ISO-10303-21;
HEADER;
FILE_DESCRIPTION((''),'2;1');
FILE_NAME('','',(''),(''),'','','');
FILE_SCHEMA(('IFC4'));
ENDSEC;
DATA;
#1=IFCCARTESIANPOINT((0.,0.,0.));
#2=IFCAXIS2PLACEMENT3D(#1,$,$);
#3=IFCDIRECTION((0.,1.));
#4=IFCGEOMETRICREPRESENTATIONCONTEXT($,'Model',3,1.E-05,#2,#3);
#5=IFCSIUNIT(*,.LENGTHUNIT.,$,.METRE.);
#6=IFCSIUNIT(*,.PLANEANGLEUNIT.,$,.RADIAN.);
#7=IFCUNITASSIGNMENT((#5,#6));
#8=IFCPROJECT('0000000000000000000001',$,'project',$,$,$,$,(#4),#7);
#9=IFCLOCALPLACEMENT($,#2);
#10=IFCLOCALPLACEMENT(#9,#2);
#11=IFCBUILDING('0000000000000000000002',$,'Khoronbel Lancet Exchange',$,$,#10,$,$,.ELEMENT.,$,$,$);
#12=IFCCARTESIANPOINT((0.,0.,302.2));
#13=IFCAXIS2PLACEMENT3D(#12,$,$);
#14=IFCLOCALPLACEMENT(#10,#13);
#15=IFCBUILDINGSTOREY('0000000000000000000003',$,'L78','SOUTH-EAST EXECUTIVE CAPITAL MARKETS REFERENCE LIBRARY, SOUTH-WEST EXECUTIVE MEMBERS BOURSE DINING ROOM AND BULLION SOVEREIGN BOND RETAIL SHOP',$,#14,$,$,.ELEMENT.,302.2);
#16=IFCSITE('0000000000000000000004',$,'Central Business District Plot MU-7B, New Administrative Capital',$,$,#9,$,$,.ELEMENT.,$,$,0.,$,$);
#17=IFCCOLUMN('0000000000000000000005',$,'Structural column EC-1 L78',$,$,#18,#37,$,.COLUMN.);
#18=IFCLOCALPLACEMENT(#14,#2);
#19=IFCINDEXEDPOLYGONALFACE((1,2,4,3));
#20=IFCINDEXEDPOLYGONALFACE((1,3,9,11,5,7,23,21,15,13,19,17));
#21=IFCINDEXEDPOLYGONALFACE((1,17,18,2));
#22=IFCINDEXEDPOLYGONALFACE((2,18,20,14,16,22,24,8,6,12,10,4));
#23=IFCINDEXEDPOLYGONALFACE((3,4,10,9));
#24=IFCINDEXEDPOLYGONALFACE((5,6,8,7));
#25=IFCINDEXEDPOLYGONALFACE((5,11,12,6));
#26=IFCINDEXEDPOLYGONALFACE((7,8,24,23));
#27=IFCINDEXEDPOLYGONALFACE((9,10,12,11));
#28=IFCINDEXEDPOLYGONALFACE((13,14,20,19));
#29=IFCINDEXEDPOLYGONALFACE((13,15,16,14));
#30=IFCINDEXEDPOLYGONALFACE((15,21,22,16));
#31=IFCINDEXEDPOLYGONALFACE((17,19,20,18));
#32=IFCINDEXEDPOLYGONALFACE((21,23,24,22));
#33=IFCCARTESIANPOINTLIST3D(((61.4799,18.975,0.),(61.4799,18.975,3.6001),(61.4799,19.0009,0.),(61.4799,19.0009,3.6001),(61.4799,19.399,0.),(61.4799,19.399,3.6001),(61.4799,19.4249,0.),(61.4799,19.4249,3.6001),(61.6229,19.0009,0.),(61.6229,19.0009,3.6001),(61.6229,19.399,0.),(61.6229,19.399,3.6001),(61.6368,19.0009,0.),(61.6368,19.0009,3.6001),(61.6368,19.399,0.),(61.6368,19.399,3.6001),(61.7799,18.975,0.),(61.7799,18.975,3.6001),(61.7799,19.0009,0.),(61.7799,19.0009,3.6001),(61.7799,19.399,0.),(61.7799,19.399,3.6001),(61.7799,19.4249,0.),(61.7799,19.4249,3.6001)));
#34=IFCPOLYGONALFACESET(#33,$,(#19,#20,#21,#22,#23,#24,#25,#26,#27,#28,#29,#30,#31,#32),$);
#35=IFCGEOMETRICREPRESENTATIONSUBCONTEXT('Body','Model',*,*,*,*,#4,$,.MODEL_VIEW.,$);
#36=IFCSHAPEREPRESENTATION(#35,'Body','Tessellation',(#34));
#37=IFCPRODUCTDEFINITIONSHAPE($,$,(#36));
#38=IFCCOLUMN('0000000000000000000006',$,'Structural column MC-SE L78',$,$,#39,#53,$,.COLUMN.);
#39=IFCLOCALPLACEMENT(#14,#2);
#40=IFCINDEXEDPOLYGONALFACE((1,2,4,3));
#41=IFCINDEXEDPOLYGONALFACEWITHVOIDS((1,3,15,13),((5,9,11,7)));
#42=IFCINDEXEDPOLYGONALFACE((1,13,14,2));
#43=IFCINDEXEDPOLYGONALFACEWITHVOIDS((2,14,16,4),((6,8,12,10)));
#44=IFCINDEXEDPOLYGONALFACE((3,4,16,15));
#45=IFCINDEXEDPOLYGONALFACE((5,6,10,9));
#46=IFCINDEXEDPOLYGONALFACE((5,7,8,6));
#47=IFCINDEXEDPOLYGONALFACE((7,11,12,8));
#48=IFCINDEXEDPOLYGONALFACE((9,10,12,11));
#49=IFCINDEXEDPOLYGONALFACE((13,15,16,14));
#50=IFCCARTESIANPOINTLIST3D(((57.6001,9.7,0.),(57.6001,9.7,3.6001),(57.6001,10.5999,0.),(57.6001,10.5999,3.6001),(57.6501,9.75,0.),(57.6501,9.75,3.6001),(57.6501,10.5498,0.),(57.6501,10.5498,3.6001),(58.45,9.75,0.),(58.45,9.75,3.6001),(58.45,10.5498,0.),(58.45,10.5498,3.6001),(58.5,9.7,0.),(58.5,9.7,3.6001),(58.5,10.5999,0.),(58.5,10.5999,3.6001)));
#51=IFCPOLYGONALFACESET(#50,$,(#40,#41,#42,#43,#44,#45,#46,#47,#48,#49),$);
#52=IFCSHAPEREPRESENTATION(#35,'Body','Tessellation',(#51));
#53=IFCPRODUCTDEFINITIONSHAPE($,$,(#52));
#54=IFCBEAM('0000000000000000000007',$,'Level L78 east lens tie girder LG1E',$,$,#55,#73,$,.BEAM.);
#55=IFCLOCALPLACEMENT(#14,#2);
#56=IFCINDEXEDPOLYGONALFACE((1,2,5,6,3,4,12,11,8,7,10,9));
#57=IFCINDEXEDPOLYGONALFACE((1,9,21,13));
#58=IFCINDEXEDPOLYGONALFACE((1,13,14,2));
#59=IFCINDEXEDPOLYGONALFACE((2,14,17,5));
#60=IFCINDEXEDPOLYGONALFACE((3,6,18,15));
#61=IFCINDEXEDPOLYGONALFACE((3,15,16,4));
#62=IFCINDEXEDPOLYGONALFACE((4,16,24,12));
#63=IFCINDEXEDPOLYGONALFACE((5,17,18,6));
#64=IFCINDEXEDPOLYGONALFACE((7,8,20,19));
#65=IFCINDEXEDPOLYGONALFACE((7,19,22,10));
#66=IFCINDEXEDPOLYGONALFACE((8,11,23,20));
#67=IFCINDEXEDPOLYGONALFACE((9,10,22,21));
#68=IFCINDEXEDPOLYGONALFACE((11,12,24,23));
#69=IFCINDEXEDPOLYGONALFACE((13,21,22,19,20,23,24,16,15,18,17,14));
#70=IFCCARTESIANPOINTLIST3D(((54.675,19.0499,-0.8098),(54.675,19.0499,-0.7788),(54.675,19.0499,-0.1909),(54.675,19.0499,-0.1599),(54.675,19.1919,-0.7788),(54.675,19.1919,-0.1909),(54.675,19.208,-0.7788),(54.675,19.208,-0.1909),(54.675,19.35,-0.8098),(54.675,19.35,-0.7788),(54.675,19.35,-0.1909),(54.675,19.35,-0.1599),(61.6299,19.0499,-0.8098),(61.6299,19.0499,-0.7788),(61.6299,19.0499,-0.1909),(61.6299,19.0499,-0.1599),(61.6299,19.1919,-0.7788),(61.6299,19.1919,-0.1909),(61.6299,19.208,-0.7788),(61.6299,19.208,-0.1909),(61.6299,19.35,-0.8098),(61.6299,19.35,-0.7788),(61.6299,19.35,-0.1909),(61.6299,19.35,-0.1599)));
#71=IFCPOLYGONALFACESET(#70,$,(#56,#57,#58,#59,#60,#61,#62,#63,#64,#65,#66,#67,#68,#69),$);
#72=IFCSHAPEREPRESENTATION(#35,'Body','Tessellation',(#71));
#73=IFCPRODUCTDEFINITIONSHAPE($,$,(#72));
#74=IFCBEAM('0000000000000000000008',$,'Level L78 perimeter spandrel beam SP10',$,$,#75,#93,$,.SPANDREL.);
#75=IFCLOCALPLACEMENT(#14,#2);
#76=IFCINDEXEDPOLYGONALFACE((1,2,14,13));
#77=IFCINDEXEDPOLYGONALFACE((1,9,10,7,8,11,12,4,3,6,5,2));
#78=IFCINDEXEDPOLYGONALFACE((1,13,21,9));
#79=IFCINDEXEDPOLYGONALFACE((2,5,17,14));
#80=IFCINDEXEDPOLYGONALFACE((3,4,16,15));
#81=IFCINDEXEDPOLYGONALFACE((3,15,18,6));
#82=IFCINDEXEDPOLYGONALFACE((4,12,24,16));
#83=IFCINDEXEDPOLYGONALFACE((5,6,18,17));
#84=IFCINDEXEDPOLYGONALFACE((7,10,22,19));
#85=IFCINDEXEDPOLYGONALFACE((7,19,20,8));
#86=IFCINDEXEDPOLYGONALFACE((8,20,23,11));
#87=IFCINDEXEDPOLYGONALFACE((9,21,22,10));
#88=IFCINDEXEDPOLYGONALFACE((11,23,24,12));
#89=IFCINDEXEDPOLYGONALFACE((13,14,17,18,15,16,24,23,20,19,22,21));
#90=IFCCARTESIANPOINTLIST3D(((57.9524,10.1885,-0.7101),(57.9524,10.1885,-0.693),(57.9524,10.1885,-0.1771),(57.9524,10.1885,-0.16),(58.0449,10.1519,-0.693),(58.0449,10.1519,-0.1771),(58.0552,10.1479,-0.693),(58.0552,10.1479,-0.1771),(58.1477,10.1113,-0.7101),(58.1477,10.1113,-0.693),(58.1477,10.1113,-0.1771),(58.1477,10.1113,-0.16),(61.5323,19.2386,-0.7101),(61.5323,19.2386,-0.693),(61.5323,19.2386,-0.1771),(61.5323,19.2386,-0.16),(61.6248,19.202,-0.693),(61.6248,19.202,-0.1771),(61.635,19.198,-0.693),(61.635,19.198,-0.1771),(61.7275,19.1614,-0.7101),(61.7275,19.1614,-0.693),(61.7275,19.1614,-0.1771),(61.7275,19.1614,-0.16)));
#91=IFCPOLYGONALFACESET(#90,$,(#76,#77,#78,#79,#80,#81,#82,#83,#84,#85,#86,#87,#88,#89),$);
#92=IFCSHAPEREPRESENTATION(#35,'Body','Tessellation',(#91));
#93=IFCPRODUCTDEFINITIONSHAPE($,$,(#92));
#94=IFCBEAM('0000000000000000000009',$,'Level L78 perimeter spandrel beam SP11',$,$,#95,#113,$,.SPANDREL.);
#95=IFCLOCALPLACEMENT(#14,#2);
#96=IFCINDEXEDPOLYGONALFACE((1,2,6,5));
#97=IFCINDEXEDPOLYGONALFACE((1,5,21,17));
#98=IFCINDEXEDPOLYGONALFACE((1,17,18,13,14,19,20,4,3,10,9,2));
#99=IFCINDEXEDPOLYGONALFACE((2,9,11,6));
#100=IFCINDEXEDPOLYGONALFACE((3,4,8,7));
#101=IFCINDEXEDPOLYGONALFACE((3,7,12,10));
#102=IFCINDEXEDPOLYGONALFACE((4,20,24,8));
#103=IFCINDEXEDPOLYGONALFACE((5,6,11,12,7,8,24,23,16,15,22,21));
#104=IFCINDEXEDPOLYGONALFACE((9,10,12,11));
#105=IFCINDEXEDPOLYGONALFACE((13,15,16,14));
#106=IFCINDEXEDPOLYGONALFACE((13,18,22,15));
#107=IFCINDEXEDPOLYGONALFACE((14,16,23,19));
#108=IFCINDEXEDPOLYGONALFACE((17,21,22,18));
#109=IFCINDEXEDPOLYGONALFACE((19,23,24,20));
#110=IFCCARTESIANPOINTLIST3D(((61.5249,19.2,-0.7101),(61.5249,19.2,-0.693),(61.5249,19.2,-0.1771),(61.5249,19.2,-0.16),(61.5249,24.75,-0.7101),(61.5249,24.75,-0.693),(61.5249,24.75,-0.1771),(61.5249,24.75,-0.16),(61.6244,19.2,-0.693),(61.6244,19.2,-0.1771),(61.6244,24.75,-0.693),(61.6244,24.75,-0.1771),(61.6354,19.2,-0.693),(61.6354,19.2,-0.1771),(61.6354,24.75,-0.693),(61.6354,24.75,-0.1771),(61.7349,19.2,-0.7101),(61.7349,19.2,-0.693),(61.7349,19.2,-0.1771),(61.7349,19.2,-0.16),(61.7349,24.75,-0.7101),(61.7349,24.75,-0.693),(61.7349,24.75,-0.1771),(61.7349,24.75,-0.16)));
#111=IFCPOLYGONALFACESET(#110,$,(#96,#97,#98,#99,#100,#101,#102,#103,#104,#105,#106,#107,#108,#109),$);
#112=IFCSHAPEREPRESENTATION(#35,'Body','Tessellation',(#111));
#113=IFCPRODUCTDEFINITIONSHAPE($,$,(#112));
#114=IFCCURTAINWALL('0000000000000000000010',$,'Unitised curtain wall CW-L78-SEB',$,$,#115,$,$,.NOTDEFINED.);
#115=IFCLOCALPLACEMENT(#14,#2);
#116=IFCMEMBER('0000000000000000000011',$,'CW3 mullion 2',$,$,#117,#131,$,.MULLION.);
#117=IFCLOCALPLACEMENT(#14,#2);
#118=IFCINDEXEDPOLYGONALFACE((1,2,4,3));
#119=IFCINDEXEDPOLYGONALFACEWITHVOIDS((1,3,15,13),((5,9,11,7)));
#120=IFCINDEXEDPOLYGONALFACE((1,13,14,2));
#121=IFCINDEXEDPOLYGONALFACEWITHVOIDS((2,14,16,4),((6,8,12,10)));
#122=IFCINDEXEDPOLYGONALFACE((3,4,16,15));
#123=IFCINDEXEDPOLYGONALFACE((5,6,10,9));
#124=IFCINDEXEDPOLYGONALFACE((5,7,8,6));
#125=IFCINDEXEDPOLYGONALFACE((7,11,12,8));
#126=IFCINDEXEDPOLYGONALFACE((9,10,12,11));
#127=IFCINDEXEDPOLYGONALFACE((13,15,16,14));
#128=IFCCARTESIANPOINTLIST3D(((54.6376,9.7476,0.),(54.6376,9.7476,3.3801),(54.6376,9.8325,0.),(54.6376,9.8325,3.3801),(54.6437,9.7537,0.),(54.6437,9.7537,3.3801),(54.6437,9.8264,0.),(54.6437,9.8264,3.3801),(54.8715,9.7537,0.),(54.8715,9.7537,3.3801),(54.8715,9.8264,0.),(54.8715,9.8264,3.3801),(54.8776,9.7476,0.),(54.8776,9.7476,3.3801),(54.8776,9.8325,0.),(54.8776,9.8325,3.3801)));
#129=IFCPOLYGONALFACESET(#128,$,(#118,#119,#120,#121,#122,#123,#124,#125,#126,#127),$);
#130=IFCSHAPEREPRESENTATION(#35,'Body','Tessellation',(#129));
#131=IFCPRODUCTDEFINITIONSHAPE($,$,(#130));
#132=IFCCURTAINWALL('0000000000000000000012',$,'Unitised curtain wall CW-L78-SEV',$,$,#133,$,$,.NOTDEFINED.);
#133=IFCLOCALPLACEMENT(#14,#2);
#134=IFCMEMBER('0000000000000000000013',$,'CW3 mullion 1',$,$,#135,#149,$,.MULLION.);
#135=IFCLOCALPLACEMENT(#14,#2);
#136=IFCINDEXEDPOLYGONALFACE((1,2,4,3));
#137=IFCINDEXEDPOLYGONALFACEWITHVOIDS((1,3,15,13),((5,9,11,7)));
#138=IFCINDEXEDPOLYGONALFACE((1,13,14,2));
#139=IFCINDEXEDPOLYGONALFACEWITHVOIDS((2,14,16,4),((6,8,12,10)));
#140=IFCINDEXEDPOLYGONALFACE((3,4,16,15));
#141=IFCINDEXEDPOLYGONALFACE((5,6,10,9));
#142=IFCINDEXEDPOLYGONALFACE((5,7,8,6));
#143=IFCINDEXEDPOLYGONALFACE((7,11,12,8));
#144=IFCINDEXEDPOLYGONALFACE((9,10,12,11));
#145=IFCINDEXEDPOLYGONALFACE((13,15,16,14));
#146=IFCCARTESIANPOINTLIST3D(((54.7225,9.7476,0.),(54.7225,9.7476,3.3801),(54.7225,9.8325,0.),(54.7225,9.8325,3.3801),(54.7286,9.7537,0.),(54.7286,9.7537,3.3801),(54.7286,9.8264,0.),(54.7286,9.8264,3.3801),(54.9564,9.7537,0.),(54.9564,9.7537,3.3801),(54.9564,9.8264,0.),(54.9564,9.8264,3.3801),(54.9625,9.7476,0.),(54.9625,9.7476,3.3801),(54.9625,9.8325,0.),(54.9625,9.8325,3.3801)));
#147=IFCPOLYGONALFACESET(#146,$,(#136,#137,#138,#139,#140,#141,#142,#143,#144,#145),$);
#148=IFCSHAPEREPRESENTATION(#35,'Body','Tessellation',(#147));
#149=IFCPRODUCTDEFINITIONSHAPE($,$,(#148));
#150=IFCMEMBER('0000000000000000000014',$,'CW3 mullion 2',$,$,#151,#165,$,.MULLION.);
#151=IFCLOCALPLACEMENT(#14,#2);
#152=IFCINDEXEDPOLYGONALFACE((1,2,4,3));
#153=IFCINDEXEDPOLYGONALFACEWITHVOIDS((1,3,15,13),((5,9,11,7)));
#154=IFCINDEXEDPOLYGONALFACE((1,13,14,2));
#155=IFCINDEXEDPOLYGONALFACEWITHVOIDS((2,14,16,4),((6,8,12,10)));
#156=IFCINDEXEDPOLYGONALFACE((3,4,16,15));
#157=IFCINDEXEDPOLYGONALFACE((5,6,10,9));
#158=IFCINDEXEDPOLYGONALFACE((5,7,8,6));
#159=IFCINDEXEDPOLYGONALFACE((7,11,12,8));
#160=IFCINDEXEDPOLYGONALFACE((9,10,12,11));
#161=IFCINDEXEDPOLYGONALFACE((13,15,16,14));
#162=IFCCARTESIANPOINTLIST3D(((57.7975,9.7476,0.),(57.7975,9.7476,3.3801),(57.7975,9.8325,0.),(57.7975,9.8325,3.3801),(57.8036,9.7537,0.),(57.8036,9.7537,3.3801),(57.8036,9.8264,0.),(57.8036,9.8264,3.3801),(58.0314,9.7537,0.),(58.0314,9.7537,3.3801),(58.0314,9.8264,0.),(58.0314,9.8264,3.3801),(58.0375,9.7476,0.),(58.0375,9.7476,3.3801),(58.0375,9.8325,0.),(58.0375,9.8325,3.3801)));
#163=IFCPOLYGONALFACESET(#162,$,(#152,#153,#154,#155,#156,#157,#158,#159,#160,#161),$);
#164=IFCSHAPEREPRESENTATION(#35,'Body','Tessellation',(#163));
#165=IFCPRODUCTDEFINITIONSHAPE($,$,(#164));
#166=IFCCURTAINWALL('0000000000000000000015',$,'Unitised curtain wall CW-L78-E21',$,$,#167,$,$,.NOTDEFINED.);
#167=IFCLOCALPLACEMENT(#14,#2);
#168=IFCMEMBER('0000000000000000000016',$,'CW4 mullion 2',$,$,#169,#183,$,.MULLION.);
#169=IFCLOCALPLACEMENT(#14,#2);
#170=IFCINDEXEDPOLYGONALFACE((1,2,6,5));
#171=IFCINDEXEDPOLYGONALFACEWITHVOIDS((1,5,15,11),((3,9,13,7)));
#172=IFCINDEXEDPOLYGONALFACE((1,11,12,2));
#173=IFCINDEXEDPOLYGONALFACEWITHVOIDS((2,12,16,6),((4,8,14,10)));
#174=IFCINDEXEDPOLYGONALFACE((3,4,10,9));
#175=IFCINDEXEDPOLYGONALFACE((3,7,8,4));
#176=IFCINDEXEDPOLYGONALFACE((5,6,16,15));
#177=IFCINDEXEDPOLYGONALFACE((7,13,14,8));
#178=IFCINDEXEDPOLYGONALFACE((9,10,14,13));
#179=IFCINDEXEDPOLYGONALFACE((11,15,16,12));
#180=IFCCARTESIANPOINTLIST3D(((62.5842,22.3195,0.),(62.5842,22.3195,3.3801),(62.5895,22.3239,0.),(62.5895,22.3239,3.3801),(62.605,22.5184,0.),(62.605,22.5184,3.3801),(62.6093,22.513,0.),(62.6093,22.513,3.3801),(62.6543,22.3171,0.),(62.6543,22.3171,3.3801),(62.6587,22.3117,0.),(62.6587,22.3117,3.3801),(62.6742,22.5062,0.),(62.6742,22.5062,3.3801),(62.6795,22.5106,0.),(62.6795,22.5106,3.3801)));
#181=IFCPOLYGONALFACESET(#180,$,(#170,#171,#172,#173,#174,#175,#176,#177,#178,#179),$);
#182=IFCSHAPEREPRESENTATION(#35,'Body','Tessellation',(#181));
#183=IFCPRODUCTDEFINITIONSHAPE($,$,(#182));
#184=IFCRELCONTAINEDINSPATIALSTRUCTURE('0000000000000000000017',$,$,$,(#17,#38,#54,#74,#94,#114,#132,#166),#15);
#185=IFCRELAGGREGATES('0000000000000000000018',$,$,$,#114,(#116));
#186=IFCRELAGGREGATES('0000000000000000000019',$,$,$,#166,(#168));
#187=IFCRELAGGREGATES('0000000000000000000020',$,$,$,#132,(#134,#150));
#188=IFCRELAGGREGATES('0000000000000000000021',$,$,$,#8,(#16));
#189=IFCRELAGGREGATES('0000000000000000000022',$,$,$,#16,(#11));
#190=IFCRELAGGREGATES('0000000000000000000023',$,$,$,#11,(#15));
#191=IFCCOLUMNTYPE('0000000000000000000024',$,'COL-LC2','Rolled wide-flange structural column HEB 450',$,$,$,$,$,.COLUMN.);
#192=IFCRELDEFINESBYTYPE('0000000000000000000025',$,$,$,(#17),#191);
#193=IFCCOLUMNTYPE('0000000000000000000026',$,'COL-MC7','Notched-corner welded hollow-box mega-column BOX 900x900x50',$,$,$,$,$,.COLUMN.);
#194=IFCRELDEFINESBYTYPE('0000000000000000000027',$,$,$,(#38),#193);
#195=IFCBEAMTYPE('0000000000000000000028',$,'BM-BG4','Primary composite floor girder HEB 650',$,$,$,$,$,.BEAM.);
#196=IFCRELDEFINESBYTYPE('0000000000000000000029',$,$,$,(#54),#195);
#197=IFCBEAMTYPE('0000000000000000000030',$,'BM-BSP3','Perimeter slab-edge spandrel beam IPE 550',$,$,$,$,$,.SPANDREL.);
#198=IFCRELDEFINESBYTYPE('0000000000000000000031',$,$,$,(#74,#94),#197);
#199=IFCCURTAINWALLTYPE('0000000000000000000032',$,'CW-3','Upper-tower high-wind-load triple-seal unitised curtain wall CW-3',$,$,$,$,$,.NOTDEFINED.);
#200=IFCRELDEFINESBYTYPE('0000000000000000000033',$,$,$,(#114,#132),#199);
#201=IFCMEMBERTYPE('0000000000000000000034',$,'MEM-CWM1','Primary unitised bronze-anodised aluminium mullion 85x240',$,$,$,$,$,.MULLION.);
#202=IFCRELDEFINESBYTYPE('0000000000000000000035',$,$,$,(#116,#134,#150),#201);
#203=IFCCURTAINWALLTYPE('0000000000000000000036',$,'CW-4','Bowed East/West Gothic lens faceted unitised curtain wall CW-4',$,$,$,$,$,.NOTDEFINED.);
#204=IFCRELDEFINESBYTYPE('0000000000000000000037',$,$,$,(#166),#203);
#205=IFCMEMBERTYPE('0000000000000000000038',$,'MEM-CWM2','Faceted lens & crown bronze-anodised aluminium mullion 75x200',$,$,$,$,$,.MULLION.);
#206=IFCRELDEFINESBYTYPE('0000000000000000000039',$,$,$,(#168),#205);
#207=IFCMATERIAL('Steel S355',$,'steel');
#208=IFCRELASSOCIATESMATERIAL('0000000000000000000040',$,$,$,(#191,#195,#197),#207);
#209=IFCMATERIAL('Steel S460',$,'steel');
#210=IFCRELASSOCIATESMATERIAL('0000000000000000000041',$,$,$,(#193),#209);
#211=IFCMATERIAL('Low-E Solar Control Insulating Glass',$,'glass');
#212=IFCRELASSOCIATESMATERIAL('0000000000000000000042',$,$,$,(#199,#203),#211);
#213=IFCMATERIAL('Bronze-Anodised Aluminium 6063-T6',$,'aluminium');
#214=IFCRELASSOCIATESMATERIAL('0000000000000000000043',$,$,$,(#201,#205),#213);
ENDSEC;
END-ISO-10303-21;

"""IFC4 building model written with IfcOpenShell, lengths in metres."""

from ifc_helpers import new_model, si_unit, direction, frame, origin, origin_2d, place, context, subcontext, project, spatial, hollow_rectangle, i_section, extrude, material, material_profile, profile_set, type_object, element, aggregate, save


model = new_model("IFC4")

# Units and contexts
model_context = context("Model", 3, precision=1e-05, world=origin(), true_north=direction((0.0, 1.0)))
body_context = subcontext(model_context, "Body", "Model", "MODEL_VIEW")
ifc_project = project(units=[si_unit("LENGTHUNIT", "METRE"), si_unit("PLANEANGLEUNIT", "RADIAN")], contexts=[model_context])

# Site, building, storey
site_placement = place(None, origin())
site = spatial("IfcSite", under=ifc_project, at=site_placement, Name="Central Business District Plot MU-7B, New Administrative Capital", CompositionType="ELEMENT", RefElevation=0.0)
building_placement = place(site_placement, origin())
building = spatial("IfcBuilding", under=site, at=building_placement, Name="Khoronbel Lancet Exchange", CompositionType="ELEMENT")
storey_placement = place(building_placement, frame((0.0, 0.0, 302.2)))
storey = spatial("IfcBuildingStorey", under=building, at=storey_placement, Name="L78", Description="SOUTH-EAST EXECUTIVE CAPITAL MARKETS REFERENCE LIBRARY, SOUTH-WEST EXECUTIVE MEMBERS BOURSE DINING ROOM AND BULLION SOVEREIGN BOND RETAIL SHOP", CompositionType="ELEMENT", Elevation=302.2)

# Columns
ifc_material_1 = material(Name="Steel S355", Category="steel")
ifc_material_profile_1 = material_profile(ifc_material_1, i_section(OverallWidth=0.3, OverallDepth=0.45, WebThickness=0.0139, FlangeThickness=0.0259, at=origin_2d()), Name="HEB 450")
ifc_profile_set_1 = profile_set([ifc_material_profile_1], Name="Steel S355")
column_type_1 = type_object("IfcColumnType", Name="COL-LC2", Description="Rolled wide-flange structural column HEB 450", PredefinedType="COLUMN", material=ifc_profile_set_1)
column_1_placement = place(storey_placement, frame((61.6299, 19.2, 0.0), z_axis=(0.0, 0.0, 1.0), x_axis=(1.0, 0.0, 0.0)))
element("IfcColumn", 1, at=column_1_placement, inside=storey, type_object=column_type_1, Name="Structural column EC-1 L78", PredefinedType="COLUMN", context=body_context, shape_type="SweptSolid", body=[
    extrude(i_section(OverallWidth=0.3, OverallDepth=0.45, WebThickness=0.0139, FlangeThickness=0.0259, at=origin_2d()), origin(), (0.0, 0.0, 1.0), 3.6001),
])
ifc_material_2 = material(Name="Steel S460", Category="steel")
ifc_material_profile_2 = material_profile(ifc_material_2, hollow_rectangle(XDim=0.8999, YDim=0.8999, WallThickness=0.05, at=origin_2d()), Name="BOX 900x900x50")
ifc_profile_set_2 = profile_set([ifc_material_profile_2], Name="Steel S460")
column_type_2 = type_object("IfcColumnType", Name="COL-MC7", Description="Notched-corner welded hollow-box mega-column BOX 900x900x50", PredefinedType="COLUMN", material=ifc_profile_set_2)
column_2_placement = place(storey_placement, frame((58.05, 10.1499, 0.0), z_axis=(0.0, 0.0, 1.0), x_axis=(1.0, 0.0, 0.0)))
element("IfcColumn", 2, at=column_2_placement, inside=storey, type_object=column_type_2, Name="Structural column MC-SE L78", PredefinedType="COLUMN", context=body_context, shape_type="SweptSolid", body=[
    extrude(hollow_rectangle(XDim=0.8999, YDim=0.8999, WallThickness=0.05, at=origin_2d()), origin(), (0.0, 0.0, 1.0), 3.6001),
])

# Beams
ifc_material_profile_3 = material_profile(ifc_material_1, i_section(OverallWidth=0.3, OverallDepth=0.6499, WebThickness=0.0161, FlangeThickness=0.031, at=origin_2d()), Name="HEB 650")
ifc_profile_set_3 = profile_set([ifc_material_profile_3], Name="Steel S355")
beam_type_1 = type_object("IfcBeamType", Name="BM-BG4", Description="Primary composite floor girder HEB 650", PredefinedType="BEAM", material=ifc_profile_set_3)
beam_1_placement = place(storey_placement, frame((54.675, 19.2, -0.4849), z_axis=(1.0, 0.0, 0.0), x_axis=(0.0, 1.0, 0.0)))
element("IfcBeam", 3, at=beam_1_placement, inside=storey, type_object=beam_type_1, Name="Level L78 east lens tie girder LG1E", PredefinedType="BEAM", context=body_context, shape_type="SweptSolid", body=[
    extrude(i_section(OverallWidth=0.3, OverallDepth=0.6499, WebThickness=0.0161, FlangeThickness=0.031, at=origin_2d()), origin(), (0.0, 0.0, 1.0), 6.9548),
])
ifc_material_profile_4 = material_profile(ifc_material_1, i_section(OverallWidth=0.21, OverallDepth=0.55, WebThickness=0.011, FlangeThickness=0.0171, at=origin_2d()), Name="IPE 550")
ifc_profile_set_4 = profile_set([ifc_material_profile_4], Name="Steel S355")
beam_type_2 = type_object("IfcBeamType", Name="BM-BSP3", Description="Perimeter slab-edge spandrel beam IPE 550", PredefinedType="SPANDREL", material=ifc_profile_set_4)
beam_2_placement = place(storey_placement, frame((58.05, 10.1499, -0.4351), z_axis=(0.367828, 0.929894, 0.0), x_axis=(-0.929894, 0.367828, 0.0)))
element("IfcBeam", 4, at=beam_2_placement, inside=storey, type_object=beam_type_2, Name="Level L78 perimeter spandrel beam SP10", PredefinedType="SPANDREL", context=body_context, shape_type="SweptSolid", body=[
    extrude(i_section(OverallWidth=0.21, OverallDepth=0.55, WebThickness=0.011, FlangeThickness=0.0171, at=origin_2d()), origin(), (0.0, 0.0, 1.0), 9.7324),
])
beam_3_placement = place(storey_placement, frame((61.6299, 19.2, -0.4351), z_axis=(0.0, 1.0, 0.0), x_axis=(-1.0, 0.0, 0.0)))
element("IfcBeam", 5, at=beam_3_placement, inside=storey, type_object=beam_type_2, Name="Level L78 perimeter spandrel beam SP11", PredefinedType="SPANDREL", context=body_context, shape_type="SweptSolid", body=[
    extrude(i_section(OverallWidth=0.21, OverallDepth=0.55, WebThickness=0.011, FlangeThickness=0.0171, at=origin_2d()), origin(), (0.0, 0.0, 1.0), 5.55),
])

# Curtain wall, member
ifc_material_3 = material(Name="Low-E Solar Control Insulating Glass", Category="glass")
curtain_wall_type_1 = type_object("IfcCurtainWallType", Name="CW-3", Description="Upper-tower high-wind-load triple-seal unitised curtain wall CW-3", PredefinedType="NOTDEFINED", material=ifc_material_3)
curtain_wall_1_placement = place(storey_placement, origin())
curtain_wall_1 = element("IfcCurtainWall", 6, at=curtain_wall_1_placement, inside=storey, type_object=curtain_wall_type_1, Name="Unitised curtain wall CW-L78-SEB", PredefinedType="NOTDEFINED")
ifc_material_4 = material(Name="Bronze-Anodised Aluminium 6063-T6", Category="aluminium")
ifc_material_profile_5 = material_profile(ifc_material_4, hollow_rectangle(XDim=0.085, YDim=0.24, WallThickness=0.0061, at=origin_2d()), Name="ALU MULLION 85x240")
ifc_profile_set_5 = profile_set([ifc_material_profile_5], Name="Bronze-Anodised Aluminium 6063-T6")
member_type_1 = type_object("IfcMemberType", Name="MEM-CWM1", Description="Primary unitised bronze-anodised aluminium mullion 85x240", PredefinedType="MULLION", material=ifc_profile_set_5)
member_1_placement = place(storey_placement, frame((54.7576, 9.79, 0.0), z_axis=(0.0, 0.0, 1.0), x_axis=(0.0, 1.0, 0.0)))
member_1 = element("IfcMember", 7, at=member_1_placement, type_object=member_type_1, Name="CW3 mullion 2", PredefinedType="MULLION", context=body_context, shape_type="SweptSolid", body=[
    extrude(hollow_rectangle(XDim=0.085, YDim=0.24, WallThickness=0.0061, at=origin_2d()), origin(), (0.0, 0.0, 1.0), 3.3801),
])
aggregate(curtain_wall_1, [member_1])

# Curtain wall, members
curtain_wall_2_placement = place(storey_placement, origin())
curtain_wall_2 = element("IfcCurtainWall", 8, at=curtain_wall_2_placement, inside=storey, type_object=curtain_wall_type_1, Name="Unitised curtain wall CW-L78-SEV", PredefinedType="NOTDEFINED")
member_2_placement = place(storey_placement, frame((54.8425, 9.79, 0.0), z_axis=(0.0, 0.0, 1.0), x_axis=(0.0, 1.0, 0.0)))
member_2 = element("IfcMember", 9, at=member_2_placement, type_object=member_type_1, Name="CW3 mullion 1", PredefinedType="MULLION", context=body_context, shape_type="SweptSolid", body=[
    extrude(hollow_rectangle(XDim=0.085, YDim=0.24, WallThickness=0.0061, at=origin_2d()), origin(), (0.0, 0.0, 1.0), 3.3801),
])
member_3_placement = place(storey_placement, frame((57.9175, 9.79, 0.0), z_axis=(0.0, 0.0, 1.0), x_axis=(0.0, 1.0, 0.0)))
member_3 = element("IfcMember", 10, at=member_3_placement, type_object=member_type_1, Name="CW3 mullion 2", PredefinedType="MULLION", context=body_context, shape_type="SweptSolid", body=[
    extrude(hollow_rectangle(XDim=0.085, YDim=0.24, WallThickness=0.0061, at=origin_2d()), origin(), (0.0, 0.0, 1.0), 3.3801),
])

# Curtain wall, member
curtain_wall_type_2 = type_object("IfcCurtainWallType", Name="CW-4", Description="Bowed East/West Gothic lens faceted unitised curtain wall CW-4", PredefinedType="NOTDEFINED", material=ifc_material_3)
curtain_wall_3_placement = place(storey_placement, origin())
curtain_wall_3 = element("IfcCurtainWall", 11, at=curtain_wall_3_placement, inside=storey, type_object=curtain_wall_type_2, Name="Unitised curtain wall CW-L78-E21", PredefinedType="NOTDEFINED")
ifc_material_profile_6 = material_profile(ifc_material_4, hollow_rectangle(XDim=0.075, YDim=0.2, WallThickness=0.0049, at=origin_2d()), Name="ALU MULLION 75x200")
ifc_profile_set_6 = profile_set([ifc_material_profile_6], Name="Bronze-Anodised Aluminium 6063-T6")
member_type_2 = type_object("IfcMemberType", Name="MEM-CWM2", Description="Faceted lens & crown bronze-anodised aluminium mullion 75x200", PredefinedType="MULLION", material=ifc_profile_set_6)
member_4_placement = place(storey_placement, frame((62.6318, 22.415, 0.0), z_axis=(0.0, 0.0, 1.0), x_axis=(0.994564, -0.104131, 0.0)))
member_4 = element("IfcMember", 12, at=member_4_placement, type_object=member_type_2, Name="CW4 mullion 2", PredefinedType="MULLION", context=body_context, shape_type="SweptSolid", body=[
    extrude(hollow_rectangle(XDim=0.075, YDim=0.2, WallThickness=0.0049, at=origin_2d()), origin(), (0.0, 0.0, 1.0), 3.3801),
])

aggregate(curtain_wall_3, [member_4])
aggregate(curtain_wall_2, [member_2, member_3])

save(model, "model.ifc")
